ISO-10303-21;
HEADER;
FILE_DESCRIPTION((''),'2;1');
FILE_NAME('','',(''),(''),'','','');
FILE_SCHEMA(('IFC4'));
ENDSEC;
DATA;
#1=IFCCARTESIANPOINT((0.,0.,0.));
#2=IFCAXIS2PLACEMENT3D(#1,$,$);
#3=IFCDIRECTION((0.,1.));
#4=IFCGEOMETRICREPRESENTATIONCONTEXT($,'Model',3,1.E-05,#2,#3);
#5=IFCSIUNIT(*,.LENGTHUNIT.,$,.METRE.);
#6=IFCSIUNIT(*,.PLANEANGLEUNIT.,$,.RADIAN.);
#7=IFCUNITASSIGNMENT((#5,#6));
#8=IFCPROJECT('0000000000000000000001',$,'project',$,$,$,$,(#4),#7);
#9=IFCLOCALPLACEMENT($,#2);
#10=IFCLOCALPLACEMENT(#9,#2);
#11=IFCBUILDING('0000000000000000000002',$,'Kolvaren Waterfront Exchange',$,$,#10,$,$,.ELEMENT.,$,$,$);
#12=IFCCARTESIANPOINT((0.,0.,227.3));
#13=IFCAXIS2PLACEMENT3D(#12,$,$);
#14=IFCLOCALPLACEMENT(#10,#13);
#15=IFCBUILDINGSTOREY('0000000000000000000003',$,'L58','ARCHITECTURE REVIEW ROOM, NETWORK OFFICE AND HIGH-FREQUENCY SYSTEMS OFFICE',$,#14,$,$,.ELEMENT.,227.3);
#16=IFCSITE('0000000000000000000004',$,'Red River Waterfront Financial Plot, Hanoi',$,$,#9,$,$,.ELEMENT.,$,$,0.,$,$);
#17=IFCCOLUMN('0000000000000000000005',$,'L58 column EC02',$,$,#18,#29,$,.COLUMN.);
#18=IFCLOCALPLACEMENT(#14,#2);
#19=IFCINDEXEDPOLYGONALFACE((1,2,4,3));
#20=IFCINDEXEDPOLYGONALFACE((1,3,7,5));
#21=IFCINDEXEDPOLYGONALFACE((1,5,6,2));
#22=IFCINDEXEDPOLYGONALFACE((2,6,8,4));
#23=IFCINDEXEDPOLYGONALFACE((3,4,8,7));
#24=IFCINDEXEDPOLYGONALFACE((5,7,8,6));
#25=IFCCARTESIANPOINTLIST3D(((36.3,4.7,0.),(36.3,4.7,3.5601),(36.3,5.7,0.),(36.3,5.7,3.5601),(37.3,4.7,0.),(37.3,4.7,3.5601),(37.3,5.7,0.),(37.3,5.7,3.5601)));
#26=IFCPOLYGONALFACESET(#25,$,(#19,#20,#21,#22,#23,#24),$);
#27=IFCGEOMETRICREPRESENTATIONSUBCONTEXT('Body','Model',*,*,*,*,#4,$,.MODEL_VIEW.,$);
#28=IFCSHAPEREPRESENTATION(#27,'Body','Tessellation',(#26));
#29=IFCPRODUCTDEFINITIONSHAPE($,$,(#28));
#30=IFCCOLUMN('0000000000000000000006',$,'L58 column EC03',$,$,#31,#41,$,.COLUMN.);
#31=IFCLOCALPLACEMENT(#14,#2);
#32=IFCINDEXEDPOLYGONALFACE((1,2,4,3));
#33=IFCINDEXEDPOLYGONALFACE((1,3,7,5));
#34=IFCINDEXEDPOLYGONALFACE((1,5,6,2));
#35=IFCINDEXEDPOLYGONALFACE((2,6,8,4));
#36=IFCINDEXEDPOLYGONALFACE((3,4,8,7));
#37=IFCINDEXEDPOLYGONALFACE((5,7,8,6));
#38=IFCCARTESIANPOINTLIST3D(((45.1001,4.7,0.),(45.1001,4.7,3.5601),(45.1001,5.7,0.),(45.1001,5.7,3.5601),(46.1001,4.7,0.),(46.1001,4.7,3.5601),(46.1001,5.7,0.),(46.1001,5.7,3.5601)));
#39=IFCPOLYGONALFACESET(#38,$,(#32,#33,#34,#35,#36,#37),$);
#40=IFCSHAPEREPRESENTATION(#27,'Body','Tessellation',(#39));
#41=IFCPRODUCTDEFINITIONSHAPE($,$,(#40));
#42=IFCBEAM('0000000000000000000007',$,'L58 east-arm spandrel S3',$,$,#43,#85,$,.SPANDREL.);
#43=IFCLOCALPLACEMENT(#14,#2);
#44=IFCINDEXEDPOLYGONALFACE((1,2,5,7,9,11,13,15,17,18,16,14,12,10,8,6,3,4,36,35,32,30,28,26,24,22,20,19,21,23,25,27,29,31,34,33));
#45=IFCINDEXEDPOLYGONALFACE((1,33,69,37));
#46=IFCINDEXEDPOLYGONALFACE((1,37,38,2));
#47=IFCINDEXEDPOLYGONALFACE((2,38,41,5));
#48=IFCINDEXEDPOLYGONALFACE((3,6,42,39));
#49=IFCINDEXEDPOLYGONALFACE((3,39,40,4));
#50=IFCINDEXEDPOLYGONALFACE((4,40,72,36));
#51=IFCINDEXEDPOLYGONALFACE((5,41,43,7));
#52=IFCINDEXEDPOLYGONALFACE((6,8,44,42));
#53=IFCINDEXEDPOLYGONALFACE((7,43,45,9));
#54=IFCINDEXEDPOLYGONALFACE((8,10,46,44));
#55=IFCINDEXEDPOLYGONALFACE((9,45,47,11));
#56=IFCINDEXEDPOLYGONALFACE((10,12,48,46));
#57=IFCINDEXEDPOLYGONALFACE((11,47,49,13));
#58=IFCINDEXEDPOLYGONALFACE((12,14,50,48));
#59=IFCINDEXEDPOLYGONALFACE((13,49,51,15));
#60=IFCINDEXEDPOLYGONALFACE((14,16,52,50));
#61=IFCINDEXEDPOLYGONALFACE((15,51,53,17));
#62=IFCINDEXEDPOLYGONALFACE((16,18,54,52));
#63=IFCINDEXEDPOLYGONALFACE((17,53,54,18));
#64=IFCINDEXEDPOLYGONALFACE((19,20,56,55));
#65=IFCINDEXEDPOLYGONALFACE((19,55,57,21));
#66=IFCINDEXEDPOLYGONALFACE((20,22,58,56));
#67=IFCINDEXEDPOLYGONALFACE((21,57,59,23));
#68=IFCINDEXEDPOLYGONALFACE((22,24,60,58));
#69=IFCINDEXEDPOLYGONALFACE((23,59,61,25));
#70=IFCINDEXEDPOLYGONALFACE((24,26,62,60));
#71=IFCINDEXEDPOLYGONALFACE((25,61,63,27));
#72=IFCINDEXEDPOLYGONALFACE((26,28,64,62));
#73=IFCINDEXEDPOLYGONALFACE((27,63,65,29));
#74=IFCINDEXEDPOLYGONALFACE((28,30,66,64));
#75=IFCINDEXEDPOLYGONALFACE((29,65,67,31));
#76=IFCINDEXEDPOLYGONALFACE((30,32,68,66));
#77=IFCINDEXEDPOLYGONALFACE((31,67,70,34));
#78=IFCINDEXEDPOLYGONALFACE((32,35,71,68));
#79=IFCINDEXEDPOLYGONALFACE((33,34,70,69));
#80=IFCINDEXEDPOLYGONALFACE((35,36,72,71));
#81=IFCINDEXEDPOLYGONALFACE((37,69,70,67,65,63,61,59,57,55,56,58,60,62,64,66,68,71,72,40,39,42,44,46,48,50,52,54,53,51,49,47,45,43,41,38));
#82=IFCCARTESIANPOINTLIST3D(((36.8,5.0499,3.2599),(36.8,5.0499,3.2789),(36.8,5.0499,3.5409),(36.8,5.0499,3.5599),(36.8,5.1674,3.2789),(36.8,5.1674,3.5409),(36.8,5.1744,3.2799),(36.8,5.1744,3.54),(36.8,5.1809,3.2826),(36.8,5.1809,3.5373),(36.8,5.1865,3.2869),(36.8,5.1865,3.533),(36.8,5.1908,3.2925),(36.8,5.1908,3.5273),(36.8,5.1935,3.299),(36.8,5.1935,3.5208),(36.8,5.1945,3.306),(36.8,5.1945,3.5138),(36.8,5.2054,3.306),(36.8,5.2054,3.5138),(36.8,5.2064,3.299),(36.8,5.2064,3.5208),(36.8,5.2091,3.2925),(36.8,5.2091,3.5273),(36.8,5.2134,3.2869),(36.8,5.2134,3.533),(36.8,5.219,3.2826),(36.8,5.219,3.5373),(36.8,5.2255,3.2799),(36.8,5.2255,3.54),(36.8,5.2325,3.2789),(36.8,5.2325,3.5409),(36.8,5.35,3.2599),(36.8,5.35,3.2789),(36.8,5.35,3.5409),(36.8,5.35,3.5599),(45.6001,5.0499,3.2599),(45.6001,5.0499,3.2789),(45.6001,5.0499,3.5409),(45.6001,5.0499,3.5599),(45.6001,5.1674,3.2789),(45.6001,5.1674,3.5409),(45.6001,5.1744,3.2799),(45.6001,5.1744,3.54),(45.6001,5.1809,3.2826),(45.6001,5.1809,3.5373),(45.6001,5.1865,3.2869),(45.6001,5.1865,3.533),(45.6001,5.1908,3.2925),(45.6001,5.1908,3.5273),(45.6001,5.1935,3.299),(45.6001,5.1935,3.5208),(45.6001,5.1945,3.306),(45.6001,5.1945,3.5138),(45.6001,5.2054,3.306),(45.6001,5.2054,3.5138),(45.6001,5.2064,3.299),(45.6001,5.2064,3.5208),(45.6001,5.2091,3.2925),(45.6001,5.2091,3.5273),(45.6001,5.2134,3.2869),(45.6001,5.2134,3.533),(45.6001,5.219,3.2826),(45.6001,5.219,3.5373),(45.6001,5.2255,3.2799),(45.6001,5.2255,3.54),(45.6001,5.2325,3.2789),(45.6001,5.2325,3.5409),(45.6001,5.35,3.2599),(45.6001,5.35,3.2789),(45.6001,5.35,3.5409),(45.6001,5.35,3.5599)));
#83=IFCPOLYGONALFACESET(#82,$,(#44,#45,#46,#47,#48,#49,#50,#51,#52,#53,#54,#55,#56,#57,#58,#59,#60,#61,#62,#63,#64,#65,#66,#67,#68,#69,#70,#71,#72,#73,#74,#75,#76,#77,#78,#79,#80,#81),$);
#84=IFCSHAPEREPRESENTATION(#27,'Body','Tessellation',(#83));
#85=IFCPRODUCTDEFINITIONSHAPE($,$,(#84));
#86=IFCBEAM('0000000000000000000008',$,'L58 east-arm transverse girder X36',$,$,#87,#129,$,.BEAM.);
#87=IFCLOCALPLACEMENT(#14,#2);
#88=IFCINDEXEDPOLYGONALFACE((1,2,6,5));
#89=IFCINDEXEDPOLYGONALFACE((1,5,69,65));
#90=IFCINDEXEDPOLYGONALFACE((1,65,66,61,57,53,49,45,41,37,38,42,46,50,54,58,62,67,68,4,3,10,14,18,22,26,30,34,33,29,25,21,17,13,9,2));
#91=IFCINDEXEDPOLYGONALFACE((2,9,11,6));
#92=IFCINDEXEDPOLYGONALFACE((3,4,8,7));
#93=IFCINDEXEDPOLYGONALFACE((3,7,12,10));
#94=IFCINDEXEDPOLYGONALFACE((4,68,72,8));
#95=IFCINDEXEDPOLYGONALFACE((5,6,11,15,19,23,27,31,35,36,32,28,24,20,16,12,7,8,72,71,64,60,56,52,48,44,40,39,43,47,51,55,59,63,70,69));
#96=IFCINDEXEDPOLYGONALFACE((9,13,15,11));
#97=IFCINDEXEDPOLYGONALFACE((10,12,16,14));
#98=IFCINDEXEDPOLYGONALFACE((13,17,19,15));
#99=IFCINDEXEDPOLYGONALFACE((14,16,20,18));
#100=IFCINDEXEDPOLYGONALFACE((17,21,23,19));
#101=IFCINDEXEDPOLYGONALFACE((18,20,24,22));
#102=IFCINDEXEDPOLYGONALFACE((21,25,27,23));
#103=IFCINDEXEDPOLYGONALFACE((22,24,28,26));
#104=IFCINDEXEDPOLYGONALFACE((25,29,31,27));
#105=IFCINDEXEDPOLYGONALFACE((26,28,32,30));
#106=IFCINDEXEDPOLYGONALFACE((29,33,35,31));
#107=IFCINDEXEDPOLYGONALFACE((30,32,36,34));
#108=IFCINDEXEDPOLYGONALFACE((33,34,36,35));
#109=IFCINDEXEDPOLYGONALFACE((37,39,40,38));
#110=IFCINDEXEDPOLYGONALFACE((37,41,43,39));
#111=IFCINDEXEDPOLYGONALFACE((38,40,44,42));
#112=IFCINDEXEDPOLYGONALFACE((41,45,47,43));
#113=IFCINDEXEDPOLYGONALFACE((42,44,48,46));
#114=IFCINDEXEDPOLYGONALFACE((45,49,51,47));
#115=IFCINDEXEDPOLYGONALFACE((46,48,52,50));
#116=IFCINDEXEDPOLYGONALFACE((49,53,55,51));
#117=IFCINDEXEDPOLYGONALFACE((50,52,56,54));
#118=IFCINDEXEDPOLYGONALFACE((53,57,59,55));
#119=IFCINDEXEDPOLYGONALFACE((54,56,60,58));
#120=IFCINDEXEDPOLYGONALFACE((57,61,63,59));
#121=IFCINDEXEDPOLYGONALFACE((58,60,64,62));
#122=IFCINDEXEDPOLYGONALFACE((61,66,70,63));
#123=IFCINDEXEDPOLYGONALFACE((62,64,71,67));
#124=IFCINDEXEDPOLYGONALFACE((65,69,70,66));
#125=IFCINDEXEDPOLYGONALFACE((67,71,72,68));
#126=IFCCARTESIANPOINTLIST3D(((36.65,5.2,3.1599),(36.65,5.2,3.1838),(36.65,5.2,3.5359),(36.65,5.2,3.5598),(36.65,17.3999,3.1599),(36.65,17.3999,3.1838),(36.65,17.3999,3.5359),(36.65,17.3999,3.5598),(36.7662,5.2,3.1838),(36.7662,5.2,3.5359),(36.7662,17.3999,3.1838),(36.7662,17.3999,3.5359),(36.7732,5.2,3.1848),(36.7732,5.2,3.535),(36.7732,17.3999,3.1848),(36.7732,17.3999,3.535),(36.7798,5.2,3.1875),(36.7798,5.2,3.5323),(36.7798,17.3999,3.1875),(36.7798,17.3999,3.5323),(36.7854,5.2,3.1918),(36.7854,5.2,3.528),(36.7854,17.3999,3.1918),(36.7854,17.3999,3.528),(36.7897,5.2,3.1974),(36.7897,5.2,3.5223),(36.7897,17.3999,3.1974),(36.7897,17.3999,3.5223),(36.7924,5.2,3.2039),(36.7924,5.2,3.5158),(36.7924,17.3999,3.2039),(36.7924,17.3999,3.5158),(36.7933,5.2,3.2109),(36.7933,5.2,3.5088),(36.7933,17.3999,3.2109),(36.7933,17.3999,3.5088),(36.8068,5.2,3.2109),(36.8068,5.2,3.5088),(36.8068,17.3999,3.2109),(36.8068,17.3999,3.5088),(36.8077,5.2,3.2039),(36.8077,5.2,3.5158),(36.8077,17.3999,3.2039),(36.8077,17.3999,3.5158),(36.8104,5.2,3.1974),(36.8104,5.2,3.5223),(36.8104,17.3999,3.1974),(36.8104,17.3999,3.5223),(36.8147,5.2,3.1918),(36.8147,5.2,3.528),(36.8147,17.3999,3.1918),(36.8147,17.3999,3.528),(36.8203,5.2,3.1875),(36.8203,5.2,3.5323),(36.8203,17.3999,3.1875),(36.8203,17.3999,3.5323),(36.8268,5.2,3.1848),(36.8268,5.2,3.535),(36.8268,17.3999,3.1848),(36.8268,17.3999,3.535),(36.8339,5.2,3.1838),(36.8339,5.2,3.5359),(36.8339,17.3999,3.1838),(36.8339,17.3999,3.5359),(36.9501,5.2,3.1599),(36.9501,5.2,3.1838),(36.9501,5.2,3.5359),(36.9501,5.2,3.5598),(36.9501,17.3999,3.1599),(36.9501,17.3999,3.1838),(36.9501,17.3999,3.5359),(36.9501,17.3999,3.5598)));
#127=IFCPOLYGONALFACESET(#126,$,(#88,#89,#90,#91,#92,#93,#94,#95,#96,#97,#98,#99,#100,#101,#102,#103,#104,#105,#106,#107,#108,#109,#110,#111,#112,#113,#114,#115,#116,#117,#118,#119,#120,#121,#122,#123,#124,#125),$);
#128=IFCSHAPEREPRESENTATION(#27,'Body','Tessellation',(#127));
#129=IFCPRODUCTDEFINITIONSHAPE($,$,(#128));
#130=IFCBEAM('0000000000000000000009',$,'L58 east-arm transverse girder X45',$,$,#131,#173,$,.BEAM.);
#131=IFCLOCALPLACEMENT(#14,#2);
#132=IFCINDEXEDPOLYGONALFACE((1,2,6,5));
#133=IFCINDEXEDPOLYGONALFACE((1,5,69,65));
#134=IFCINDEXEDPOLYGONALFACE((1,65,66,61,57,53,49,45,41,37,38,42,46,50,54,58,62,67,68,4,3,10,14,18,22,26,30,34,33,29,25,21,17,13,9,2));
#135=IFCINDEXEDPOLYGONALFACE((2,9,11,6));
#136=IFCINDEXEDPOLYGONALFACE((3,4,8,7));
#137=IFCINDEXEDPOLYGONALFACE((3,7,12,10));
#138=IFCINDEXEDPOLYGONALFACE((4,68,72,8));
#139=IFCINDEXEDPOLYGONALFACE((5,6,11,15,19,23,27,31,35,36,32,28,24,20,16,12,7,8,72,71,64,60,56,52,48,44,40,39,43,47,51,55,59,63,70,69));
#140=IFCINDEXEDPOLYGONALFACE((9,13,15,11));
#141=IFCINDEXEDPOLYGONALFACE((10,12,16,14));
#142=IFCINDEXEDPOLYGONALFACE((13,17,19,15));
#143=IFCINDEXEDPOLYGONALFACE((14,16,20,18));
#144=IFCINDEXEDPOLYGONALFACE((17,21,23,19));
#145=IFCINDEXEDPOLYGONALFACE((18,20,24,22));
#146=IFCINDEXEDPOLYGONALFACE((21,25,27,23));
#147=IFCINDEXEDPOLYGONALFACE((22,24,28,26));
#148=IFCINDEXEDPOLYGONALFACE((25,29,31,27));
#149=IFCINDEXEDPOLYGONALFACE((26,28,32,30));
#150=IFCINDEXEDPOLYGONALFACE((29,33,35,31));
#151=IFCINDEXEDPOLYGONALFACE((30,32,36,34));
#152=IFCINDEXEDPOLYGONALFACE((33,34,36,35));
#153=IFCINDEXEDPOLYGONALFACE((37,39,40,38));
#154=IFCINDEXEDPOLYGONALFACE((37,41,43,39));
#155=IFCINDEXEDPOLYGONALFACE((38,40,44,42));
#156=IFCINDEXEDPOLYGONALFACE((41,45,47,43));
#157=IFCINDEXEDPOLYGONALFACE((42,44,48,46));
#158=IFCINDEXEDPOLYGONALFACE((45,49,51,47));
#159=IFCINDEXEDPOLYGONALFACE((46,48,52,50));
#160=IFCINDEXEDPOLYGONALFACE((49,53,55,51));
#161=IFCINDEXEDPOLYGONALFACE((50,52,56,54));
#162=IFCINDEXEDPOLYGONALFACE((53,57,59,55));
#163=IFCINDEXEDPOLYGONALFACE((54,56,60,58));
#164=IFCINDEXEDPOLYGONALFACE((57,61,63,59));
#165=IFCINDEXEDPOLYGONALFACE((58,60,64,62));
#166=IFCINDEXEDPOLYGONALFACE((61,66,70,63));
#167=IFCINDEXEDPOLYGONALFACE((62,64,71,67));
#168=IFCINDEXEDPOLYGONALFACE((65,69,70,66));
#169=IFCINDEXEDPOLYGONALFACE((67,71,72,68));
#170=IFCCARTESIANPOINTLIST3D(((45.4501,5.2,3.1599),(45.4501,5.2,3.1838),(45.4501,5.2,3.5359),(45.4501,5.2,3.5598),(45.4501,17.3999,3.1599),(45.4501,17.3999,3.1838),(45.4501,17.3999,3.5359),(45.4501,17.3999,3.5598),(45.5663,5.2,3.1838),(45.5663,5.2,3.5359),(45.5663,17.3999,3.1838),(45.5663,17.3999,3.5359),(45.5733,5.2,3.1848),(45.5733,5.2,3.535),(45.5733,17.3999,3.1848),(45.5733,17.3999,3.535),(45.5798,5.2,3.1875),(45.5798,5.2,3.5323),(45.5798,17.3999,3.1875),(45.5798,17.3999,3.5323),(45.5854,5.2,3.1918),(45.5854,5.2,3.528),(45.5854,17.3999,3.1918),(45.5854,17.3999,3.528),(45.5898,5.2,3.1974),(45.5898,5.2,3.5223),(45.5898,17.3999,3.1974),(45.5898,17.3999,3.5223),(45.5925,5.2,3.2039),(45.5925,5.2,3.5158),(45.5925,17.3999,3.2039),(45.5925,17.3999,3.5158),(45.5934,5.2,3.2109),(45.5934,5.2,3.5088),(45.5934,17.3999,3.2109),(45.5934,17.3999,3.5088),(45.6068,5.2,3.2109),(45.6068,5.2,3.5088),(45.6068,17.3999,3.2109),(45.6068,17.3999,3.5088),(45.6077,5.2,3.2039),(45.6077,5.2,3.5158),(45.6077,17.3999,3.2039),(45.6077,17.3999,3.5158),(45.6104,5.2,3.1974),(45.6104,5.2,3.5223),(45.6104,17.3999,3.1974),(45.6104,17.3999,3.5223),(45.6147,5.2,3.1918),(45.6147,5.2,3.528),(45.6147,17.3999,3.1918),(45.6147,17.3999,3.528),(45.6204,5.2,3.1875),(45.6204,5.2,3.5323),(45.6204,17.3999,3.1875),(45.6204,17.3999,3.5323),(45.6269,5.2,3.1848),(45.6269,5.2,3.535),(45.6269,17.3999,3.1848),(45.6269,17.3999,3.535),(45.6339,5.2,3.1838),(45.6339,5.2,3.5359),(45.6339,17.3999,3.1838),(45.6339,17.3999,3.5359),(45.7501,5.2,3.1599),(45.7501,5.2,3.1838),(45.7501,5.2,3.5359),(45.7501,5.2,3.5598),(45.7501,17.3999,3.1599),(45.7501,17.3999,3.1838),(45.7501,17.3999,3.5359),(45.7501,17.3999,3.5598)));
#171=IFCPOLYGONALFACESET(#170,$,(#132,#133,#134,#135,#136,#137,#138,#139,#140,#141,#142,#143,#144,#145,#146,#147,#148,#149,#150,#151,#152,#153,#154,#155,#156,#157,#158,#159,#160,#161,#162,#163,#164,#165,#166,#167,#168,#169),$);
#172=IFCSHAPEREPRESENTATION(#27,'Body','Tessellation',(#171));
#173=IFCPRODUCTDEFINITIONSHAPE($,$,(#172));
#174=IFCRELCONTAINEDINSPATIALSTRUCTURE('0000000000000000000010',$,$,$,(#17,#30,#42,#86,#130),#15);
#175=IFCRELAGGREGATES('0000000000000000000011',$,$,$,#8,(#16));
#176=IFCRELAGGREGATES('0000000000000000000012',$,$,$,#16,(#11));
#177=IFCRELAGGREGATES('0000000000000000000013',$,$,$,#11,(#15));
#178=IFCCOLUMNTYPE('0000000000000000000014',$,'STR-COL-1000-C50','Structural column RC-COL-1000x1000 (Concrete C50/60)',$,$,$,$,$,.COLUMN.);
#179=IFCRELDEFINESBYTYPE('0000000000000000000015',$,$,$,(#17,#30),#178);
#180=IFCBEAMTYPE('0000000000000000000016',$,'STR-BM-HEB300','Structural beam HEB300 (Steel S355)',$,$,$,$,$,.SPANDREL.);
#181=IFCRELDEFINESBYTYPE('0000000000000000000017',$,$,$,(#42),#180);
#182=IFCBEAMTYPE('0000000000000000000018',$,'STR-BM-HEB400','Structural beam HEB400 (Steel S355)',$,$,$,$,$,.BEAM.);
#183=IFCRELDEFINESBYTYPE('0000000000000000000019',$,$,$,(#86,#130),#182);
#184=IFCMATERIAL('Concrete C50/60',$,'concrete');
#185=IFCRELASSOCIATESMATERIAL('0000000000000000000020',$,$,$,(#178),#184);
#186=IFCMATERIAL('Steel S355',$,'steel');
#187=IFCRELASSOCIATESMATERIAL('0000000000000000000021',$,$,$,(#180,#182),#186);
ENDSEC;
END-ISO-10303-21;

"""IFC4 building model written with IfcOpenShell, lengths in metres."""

from ifc_helpers import new_model, si_unit, direction, frame, origin, origin_2d, place, context, subcontext, project, spatial, rectangle, i_section, extrude, material, material_profile, profile_set, type_object, element, save


model = new_model("IFC4")

# Units and contexts
model_context = context("Model", 3, precision=1e-05, world=origin(), true_north=direction((0.0, 1.0)))
body_context = subcontext(model_context, "Body", "Model", "MODEL_VIEW")
ifc_project = project(units=[si_unit("LENGTHUNIT", "METRE"), si_unit("PLANEANGLEUNIT", "RADIAN")], contexts=[model_context])

# Site, building, storey
site_placement = place(None, origin())
site = spatial("IfcSite", under=ifc_project, at=site_placement, Name="Red River Waterfront Financial Plot, Hanoi", CompositionType="ELEMENT", RefElevation=0.0)
building_placement = place(site_placement, origin())
building = spatial("IfcBuilding", under=site, at=building_placement, Name="Kolvaren Waterfront Exchange", CompositionType="ELEMENT")
storey_placement = place(building_placement, frame((0.0, 0.0, 227.3)))
storey = spatial("IfcBuildingStorey", under=building, at=storey_placement, Name="L58", Description="ARCHITECTURE REVIEW ROOM, NETWORK OFFICE AND HIGH-FREQUENCY SYSTEMS OFFICE", CompositionType="ELEMENT", Elevation=227.3)

# Columns
ifc_material_1 = material(Name="Concrete C50/60", Category="concrete")
ifc_material_profile_1 = material_profile(ifc_material_1, rectangle(XDim=1.0, YDim=1.0, at=origin_2d()), Name="RC-COL-1000x1000")
ifc_profile_set_1 = profile_set([ifc_material_profile_1], Name="Concrete C50/60")
column_type = type_object("IfcColumnType", Name="STR-COL-1000-C50", Description="Structural column RC-COL-1000x1000 (Concrete C50/60)", PredefinedType="COLUMN", material=ifc_profile_set_1)
for number, where, z_axis, x_axis, name in (
    (1, (36.8, 5.2, 0.0), (0.0, 0.0, 1.0), (1.0, 0.0, 0.0), "L58 column EC02"),
    (2, (45.6001, 5.2, 0.0), (0.0, 0.0, 1.0), (1.0, 0.0, 0.0), "L58 column EC03"),
):
    element("IfcColumn", number, at=place(storey_placement, frame(where, z_axis=z_axis, x_axis=x_axis)), inside=storey, type_object=column_type, Name=name, PredefinedType="COLUMN", context=body_context, shape_type="SweptSolid", body=[
        extrude(rectangle(XDim=1.0, YDim=1.0, at=origin_2d()), origin(), (0.0, 0.0, 1.0), 3.5601),
    ])

# Beams
ifc_material_2 = material(Name="Steel S355", Category="steel")
ifc_material_profile_2 = material_profile(ifc_material_2, i_section(OverallWidth=0.3, OverallDepth=0.3, WebThickness=0.011, FlangeThickness=0.019, FilletRadius=0.0271, at=origin_2d()), Name="HEB300")
ifc_profile_set_2 = profile_set([ifc_material_profile_2], Name="Steel S355")
beam_type_1 = type_object("IfcBeamType", Name="STR-BM-HEB300", Description="Structural beam HEB300 (Steel S355)", PredefinedType="SPANDREL", material=ifc_profile_set_2)
beam_1_placement = place(storey_placement, frame((36.8, 5.2, 3.4099), z_axis=(1.0, 0.0, 0.0), x_axis=(0.0, 1.0, 0.0)))
element("IfcBeam", 3, at=beam_1_placement, inside=storey, type_object=beam_type_1, Name="L58 east-arm spandrel S3", PredefinedType="SPANDREL", context=body_context, shape_type="SweptSolid", body=[
    extrude(i_section(OverallWidth=0.3, OverallDepth=0.3, WebThickness=0.011, FlangeThickness=0.019, FilletRadius=0.0271, at=origin_2d()), origin(), (0.0, 0.0, 1.0), 8.8),
])
ifc_material_profile_3 = material_profile(ifc_material_2, i_section(OverallWidth=0.3, OverallDepth=0.3999, WebThickness=0.0134, FlangeThickness=0.0239, FilletRadius=0.0271, at=origin_2d()), Name="HEB400")
ifc_profile_set_3 = profile_set([ifc_material_profile_3], Name="Steel S355")
beam_type_2 = type_object("IfcBeamType", Name="STR-BM-HEB400", Description="Structural beam HEB400 (Steel S355)", PredefinedType="BEAM", material=ifc_profile_set_3)
for number, where, z_axis, x_axis, name in (
    (4, (36.8, 5.2, 3.3599), (0.0, 1.0, 0.0), (-1.0, 0.0, 0.0), "L58 east-arm transverse girder X36"),
    (5, (45.6001, 5.2, 3.3599), (0.0, 1.0, 0.0), (-1.0, 0.0, 0.0), "L58 east-arm transverse girder X45"),
):
    element("IfcBeam", number, at=place(storey_placement, frame(where, z_axis=z_axis, x_axis=x_axis)), inside=storey, type_object=beam_type_2, Name=name, PredefinedType="BEAM", context=body_context, shape_type="SweptSolid", body=[
        extrude(i_section(OverallWidth=0.3, OverallDepth=0.3999, WebThickness=0.0134, FlangeThickness=0.0239, FilletRadius=0.0271, at=origin_2d()), origin(), (0.0, 0.0, 1.0), 12.2),
    ])

save(model, "model.ifc")
